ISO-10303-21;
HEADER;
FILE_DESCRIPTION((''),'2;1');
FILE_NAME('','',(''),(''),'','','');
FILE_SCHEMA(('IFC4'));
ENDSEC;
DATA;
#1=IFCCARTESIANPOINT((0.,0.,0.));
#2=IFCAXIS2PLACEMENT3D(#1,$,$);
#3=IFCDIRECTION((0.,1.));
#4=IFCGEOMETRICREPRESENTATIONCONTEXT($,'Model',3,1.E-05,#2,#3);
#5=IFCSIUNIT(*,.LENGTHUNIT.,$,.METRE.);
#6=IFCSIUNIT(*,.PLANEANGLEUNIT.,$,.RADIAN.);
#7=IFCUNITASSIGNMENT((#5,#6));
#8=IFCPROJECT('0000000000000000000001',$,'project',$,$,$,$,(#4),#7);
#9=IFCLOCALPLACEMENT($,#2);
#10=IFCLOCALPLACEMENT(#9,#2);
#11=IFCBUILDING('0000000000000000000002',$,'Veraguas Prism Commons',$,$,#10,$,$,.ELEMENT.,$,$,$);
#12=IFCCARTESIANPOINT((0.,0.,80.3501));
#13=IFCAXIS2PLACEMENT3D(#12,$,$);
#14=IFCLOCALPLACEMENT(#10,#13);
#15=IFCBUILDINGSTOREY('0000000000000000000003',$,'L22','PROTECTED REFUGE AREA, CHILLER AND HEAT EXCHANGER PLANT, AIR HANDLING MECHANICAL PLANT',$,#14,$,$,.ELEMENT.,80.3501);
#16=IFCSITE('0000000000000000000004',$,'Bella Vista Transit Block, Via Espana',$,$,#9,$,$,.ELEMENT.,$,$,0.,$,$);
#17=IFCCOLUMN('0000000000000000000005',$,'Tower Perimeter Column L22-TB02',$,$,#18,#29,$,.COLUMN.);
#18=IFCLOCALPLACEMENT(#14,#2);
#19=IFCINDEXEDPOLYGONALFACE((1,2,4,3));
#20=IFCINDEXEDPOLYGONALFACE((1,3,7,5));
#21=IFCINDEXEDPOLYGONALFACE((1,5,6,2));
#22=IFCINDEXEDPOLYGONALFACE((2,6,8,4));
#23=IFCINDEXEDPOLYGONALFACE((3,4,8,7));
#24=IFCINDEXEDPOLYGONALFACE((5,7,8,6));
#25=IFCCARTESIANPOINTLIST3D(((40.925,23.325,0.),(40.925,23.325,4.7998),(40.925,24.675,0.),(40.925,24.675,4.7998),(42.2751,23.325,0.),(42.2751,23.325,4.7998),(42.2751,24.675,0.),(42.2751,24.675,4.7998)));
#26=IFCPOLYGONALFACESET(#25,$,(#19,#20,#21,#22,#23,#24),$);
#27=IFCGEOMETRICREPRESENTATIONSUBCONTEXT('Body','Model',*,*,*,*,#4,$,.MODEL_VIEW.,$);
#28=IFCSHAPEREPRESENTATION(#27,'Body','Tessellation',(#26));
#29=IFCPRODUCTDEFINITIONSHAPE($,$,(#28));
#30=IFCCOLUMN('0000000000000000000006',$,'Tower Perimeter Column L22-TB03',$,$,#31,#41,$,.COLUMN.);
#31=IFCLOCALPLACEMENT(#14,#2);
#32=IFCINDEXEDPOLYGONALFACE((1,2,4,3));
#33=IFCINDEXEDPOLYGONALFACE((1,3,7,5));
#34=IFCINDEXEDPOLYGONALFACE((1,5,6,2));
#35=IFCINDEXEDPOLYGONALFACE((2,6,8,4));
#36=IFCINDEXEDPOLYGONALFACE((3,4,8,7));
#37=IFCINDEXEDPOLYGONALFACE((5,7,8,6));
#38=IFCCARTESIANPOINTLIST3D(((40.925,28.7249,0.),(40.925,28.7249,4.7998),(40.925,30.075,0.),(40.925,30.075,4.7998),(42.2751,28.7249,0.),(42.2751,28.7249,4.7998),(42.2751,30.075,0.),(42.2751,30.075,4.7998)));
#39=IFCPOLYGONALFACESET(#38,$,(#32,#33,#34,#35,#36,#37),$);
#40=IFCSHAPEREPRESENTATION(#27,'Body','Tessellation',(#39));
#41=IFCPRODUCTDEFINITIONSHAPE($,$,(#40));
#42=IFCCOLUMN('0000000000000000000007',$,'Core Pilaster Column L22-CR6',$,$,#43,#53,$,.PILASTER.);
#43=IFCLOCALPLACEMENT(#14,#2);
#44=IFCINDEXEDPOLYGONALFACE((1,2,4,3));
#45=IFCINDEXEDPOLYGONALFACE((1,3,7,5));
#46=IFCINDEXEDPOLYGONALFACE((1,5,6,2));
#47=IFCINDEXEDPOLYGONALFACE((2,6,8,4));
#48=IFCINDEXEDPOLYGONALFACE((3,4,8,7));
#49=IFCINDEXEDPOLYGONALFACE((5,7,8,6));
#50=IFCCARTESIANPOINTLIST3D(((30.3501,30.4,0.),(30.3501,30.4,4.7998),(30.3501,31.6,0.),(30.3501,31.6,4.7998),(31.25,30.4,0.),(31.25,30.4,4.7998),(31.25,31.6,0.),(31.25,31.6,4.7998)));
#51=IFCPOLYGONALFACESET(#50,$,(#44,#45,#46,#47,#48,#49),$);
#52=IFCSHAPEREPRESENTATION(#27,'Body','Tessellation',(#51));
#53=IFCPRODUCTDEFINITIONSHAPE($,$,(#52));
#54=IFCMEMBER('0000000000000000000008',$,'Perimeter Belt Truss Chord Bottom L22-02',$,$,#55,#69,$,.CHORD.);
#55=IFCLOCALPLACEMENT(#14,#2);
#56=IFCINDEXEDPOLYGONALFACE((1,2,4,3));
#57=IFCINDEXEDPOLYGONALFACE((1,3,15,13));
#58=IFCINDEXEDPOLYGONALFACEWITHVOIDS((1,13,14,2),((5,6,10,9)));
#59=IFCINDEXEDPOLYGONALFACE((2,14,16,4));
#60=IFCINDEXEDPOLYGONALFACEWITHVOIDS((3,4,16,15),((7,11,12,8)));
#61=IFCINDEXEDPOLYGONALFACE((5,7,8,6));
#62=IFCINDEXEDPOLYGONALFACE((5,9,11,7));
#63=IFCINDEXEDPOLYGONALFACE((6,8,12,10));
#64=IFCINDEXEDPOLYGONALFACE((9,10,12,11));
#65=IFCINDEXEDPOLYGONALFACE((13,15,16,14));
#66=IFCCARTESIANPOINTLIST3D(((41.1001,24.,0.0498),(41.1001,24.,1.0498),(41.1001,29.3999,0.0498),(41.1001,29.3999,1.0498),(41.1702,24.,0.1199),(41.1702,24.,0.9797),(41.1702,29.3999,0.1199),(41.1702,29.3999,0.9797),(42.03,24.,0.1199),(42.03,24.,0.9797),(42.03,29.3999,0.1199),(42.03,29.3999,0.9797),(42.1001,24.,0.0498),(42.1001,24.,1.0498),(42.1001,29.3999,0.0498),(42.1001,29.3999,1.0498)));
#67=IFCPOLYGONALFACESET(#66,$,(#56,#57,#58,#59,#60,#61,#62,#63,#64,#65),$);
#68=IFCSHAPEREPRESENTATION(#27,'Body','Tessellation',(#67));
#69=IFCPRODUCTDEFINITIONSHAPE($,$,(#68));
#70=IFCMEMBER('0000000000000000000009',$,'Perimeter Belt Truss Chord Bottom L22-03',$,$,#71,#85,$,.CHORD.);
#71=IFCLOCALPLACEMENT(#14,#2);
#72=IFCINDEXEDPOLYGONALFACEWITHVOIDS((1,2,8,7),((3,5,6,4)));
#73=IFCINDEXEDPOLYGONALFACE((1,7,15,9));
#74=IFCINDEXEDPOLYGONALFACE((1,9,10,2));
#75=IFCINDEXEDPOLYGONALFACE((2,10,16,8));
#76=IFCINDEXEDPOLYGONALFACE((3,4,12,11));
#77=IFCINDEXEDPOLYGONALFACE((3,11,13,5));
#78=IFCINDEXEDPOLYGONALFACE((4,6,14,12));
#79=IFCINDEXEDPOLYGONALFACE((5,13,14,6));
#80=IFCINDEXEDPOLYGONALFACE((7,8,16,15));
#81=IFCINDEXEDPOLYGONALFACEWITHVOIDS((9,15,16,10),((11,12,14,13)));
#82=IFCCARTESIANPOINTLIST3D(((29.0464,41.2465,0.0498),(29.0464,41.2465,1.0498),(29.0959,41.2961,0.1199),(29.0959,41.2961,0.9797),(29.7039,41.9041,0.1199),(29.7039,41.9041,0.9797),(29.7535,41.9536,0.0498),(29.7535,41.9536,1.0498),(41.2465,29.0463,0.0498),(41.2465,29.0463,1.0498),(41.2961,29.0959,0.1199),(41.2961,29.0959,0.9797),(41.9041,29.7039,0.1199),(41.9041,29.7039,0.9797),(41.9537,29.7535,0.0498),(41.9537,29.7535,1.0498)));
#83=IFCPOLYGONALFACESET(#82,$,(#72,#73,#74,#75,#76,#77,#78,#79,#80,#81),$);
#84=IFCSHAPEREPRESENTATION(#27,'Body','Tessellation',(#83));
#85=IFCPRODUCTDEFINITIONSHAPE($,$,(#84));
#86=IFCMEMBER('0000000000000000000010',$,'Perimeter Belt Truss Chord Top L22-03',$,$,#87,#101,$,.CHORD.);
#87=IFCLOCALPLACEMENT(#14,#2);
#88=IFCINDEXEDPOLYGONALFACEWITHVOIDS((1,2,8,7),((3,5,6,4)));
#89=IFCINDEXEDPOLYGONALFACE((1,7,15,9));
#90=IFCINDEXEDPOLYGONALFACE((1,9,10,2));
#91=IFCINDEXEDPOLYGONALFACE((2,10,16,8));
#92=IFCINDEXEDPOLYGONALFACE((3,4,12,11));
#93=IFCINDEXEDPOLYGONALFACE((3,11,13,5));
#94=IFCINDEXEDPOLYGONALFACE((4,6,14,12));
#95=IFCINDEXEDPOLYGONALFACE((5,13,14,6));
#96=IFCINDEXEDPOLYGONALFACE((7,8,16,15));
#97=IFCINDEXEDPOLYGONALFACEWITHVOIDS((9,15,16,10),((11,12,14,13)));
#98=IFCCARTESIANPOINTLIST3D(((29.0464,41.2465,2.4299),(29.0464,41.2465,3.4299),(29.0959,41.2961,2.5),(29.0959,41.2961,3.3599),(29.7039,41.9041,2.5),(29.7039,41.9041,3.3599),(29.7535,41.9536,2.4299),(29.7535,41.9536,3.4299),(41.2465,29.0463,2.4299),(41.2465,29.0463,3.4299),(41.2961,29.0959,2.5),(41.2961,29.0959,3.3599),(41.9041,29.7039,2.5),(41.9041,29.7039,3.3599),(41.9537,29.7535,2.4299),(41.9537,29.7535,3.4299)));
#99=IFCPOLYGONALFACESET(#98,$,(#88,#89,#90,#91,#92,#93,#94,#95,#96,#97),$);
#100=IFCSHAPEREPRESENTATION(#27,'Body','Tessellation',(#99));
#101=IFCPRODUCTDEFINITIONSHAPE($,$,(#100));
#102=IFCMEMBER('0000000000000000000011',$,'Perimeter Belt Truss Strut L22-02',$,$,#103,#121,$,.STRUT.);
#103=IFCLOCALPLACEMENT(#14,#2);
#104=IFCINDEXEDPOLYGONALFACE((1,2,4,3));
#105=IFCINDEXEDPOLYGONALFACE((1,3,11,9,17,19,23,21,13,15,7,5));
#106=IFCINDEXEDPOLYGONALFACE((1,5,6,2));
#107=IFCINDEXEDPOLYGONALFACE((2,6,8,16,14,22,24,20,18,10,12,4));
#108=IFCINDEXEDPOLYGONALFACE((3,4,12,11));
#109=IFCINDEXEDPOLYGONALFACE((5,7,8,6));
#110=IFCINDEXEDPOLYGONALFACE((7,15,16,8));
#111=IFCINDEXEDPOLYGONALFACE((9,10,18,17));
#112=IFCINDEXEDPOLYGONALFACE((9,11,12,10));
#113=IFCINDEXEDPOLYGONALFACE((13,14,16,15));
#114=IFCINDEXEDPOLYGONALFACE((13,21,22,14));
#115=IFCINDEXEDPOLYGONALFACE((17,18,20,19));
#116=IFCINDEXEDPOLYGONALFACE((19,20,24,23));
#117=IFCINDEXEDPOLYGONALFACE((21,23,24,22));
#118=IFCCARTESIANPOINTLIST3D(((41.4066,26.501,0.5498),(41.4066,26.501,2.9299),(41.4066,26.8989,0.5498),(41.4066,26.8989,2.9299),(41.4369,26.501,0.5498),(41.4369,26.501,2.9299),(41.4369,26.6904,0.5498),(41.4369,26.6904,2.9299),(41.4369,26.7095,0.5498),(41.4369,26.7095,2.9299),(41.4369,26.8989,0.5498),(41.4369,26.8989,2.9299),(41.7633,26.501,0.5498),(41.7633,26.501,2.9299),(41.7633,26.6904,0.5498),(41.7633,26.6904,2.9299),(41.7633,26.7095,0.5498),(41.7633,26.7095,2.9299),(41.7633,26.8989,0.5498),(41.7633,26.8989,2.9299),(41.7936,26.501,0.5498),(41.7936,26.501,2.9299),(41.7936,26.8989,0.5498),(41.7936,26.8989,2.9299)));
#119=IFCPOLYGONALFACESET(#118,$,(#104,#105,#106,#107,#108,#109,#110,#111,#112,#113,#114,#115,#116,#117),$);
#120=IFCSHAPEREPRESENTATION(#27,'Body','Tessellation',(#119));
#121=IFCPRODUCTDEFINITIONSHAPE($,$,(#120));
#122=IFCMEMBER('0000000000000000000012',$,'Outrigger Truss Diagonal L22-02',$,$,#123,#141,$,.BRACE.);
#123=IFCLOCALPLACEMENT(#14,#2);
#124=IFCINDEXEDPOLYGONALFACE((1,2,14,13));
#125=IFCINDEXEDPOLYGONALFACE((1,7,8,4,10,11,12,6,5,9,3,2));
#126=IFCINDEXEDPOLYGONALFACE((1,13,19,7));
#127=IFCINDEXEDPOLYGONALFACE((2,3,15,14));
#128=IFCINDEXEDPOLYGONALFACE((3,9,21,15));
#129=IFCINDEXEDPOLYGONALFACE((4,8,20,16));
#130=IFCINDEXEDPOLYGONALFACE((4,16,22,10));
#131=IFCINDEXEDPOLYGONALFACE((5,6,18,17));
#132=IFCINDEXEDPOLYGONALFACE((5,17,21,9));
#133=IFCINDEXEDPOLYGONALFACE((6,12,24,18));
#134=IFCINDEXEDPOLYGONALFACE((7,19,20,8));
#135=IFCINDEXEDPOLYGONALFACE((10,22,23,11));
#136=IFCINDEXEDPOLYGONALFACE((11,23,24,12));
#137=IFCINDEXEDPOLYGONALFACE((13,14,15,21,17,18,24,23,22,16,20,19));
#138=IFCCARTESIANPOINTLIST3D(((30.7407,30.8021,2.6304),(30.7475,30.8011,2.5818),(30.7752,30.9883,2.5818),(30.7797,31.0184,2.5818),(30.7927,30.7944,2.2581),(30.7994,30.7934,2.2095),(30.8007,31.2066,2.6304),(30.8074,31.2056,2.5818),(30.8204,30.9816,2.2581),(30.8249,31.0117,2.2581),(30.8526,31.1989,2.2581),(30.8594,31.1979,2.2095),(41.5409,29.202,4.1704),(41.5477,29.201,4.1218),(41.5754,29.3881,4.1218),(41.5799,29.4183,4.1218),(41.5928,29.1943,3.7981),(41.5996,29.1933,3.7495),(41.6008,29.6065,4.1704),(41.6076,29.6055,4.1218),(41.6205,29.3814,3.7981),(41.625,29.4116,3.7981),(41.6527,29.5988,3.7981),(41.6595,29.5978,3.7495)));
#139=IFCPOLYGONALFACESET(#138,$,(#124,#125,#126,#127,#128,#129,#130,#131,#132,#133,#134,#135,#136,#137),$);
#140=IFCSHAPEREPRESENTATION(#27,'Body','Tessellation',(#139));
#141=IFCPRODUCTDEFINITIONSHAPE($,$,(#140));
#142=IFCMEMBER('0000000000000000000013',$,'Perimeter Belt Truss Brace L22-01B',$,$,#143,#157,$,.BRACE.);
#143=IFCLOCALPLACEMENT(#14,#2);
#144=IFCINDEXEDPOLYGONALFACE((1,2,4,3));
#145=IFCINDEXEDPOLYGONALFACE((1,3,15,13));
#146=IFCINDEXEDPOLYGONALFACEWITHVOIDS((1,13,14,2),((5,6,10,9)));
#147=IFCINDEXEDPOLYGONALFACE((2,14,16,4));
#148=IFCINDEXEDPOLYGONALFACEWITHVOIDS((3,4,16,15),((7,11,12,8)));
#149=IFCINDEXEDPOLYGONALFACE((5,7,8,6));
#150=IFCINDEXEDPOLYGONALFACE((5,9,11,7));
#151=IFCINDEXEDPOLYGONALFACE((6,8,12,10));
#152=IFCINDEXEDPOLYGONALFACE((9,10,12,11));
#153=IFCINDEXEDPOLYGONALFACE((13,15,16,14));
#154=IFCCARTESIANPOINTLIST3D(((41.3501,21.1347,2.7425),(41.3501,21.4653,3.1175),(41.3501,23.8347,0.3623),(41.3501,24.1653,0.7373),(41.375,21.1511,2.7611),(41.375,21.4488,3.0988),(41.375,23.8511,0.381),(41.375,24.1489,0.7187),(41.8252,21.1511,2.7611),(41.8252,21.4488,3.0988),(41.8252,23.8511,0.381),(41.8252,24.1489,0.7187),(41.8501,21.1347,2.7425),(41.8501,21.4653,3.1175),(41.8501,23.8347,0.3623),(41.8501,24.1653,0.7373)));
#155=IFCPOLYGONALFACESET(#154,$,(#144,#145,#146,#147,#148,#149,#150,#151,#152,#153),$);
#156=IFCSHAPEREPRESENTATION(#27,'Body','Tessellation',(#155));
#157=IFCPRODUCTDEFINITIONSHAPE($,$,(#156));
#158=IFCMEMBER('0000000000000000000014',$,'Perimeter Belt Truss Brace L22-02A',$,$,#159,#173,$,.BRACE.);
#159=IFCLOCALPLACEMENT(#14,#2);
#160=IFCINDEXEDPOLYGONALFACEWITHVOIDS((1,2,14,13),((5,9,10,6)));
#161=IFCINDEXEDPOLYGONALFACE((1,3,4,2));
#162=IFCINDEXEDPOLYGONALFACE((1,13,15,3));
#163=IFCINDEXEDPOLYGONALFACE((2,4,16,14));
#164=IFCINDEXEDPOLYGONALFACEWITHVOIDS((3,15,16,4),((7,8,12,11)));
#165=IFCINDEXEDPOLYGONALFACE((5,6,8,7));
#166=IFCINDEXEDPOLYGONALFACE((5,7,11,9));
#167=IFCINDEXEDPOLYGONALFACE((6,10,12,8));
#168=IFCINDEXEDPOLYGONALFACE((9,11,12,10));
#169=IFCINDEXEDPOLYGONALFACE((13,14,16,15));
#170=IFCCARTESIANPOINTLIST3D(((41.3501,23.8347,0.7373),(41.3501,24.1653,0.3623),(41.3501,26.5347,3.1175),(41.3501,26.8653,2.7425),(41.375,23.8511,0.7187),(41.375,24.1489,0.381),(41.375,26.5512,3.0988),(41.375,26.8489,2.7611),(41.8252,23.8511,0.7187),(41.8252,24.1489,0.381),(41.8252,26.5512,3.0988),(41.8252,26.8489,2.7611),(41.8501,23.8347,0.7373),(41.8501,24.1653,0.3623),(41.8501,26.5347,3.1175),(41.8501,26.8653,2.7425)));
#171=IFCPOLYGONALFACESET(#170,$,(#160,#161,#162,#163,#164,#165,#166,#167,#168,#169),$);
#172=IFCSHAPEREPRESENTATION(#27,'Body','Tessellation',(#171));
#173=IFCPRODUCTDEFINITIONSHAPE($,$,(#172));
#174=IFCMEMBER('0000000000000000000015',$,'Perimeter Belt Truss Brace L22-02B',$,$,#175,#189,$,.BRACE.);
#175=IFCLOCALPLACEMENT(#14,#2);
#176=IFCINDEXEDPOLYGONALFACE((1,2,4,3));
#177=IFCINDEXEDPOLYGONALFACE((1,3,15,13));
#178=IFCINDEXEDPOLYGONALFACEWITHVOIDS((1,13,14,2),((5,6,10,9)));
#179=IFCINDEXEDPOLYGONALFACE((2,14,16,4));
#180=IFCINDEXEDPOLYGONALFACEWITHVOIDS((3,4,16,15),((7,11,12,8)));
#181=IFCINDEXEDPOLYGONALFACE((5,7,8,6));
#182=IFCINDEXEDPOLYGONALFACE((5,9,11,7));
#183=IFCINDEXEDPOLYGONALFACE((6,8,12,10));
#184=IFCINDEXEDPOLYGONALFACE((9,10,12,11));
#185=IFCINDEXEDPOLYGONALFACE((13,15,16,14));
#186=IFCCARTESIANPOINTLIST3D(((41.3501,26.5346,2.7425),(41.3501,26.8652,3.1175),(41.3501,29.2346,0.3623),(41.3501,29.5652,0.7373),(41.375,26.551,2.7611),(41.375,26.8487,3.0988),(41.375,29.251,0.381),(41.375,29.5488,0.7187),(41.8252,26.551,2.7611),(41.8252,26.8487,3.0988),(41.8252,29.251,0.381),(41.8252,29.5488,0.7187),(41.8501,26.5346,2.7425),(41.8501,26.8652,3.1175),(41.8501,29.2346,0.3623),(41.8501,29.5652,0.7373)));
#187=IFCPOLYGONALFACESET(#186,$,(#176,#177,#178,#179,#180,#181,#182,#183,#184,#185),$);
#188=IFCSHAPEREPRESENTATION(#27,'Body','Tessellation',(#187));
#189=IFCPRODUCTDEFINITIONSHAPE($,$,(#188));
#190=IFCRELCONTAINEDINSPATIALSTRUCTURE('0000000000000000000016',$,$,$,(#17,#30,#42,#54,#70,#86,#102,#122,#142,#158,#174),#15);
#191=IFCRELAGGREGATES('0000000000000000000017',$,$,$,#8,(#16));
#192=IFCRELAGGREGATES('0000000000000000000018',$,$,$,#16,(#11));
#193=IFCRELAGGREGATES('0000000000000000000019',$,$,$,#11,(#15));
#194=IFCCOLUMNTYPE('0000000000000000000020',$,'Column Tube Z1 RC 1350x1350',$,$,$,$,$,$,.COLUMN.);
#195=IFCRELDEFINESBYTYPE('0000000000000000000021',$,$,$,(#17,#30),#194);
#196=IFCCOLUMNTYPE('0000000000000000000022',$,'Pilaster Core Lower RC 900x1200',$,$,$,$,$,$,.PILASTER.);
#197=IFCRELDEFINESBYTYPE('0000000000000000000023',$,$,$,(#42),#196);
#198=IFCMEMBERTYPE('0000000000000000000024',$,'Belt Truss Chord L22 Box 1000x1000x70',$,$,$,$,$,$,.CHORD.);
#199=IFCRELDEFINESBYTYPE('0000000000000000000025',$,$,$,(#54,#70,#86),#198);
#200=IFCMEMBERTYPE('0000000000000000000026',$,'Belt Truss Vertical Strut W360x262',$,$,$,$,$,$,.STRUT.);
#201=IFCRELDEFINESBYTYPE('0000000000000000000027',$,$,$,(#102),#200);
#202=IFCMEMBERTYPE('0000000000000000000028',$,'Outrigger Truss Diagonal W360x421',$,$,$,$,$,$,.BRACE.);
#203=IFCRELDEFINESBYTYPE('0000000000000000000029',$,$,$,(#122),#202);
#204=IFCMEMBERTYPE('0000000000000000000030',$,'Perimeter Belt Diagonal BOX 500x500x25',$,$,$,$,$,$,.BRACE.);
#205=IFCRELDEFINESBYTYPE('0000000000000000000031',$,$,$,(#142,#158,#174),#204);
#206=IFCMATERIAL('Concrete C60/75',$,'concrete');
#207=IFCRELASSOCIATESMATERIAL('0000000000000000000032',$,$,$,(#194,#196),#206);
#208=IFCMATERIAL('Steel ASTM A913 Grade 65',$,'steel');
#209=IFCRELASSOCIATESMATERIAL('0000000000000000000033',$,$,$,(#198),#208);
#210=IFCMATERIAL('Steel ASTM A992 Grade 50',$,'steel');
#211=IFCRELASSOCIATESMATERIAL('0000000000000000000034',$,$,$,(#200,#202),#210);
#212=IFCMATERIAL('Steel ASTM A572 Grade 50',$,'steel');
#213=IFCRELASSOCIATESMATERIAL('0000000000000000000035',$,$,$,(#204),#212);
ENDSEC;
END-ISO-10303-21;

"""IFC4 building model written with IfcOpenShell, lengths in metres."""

from ifc_helpers import new_model, si_unit, direction, frame, origin, origin_2d, place, context, subcontext, project, spatial, rectangle, hollow_rectangle, i_section, extrude, material, material_profile, profile_set, type_object, element, save


model = new_model("IFC4")

# Units and contexts
model_context = context("Model", 3, precision=1e-05, world=origin(), true_north=direction((0.0, 1.0)))
body_context = subcontext(model_context, "Body", "Model", "MODEL_VIEW")
ifc_project = project(units=[si_unit("LENGTHUNIT", "METRE"), si_unit("PLANEANGLEUNIT", "RADIAN")], contexts=[model_context])

# Site, building, storey
site_placement = place(None, origin())
site = spatial("IfcSite", under=ifc_project, at=site_placement, Name="Bella Vista Transit Block, Via Espana", CompositionType="ELEMENT", RefElevation=0.0)
building_placement = place(site_placement, origin())
building = spatial("IfcBuilding", under=site, at=building_placement, Name="Veraguas Prism Commons", CompositionType="ELEMENT")
storey_placement = place(building_placement, frame((0.0, 0.0, 80.3501)))
storey = spatial("IfcBuildingStorey", under=building, at=storey_placement, Name="L22", Description="PROTECTED REFUGE AREA, CHILLER AND HEAT EXCHANGER PLANT, AIR HANDLING MECHANICAL PLANT", CompositionType="ELEMENT", Elevation=80.3501)

# Columns
ifc_material_1 = material(Name="Concrete C60/75", Category="concrete")
ifc_material_profile_1 = material_profile(ifc_material_1, rectangle(XDim=1.3501, YDim=1.3501, at=origin_2d()), Name="RC1350X1350")
ifc_profile_set_1 = profile_set([ifc_material_profile_1], Name="Concrete C60/75")
column_type_1 = type_object("IfcColumnType", Name="Column Tube Z1 RC 1350x1350", PredefinedType="COLUMN", material=ifc_profile_set_1)
for number, where, z_axis, x_axis, name in (
    (1, (41.6001, 24.0, 0.0), (0.0, 0.0, 1.0), (1.0, 0.0, 0.0), "Tower Perimeter Column L22-TB02"),
    (2, (41.6001, 29.3999, 0.0), (0.0, 0.0, 1.0), (1.0, 0.0, 0.0), "Tower Perimeter Column L22-TB03"),
):
    element("IfcColumn", number, at=place(storey_placement, frame(where, z_axis=z_axis, x_axis=x_axis)), inside=storey, type_object=column_type_1, Name=name, PredefinedType="COLUMN", context=body_context, shape_type="SweptSolid", body=[
        extrude(rectangle(XDim=1.3501, YDim=1.3501, at=origin_2d()), origin(), (0.0, 0.0, 1.0), 4.7998),
    ])
ifc_material_profile_2 = material_profile(ifc_material_1, rectangle(XDim=0.8999, YDim=1.2, at=origin_2d()), Name="RC900X1200")
ifc_profile_set_2 = profile_set([ifc_material_profile_2], Name="Concrete C60/75")
column_type_2 = type_object("IfcColumnType", Name="Pilaster Core Lower RC 900x1200", PredefinedType="PILASTER", material=ifc_profile_set_2)
column_placement = place(storey_placement, frame((30.8, 31.0, 0.0), z_axis=(0.0, 0.0, 1.0), x_axis=(1.0, 0.0, 0.0)))
element("IfcColumn", 3, at=column_placement, inside=storey, type_object=column_type_2, Name="Core Pilaster Column L22-CR6", PredefinedType="PILASTER", context=body_context, shape_type="SweptSolid", body=[
    extrude(rectangle(XDim=0.8999, YDim=1.2, at=origin_2d()), origin(), (0.0, 0.0, 1.0), 4.7998),
])

# Members
ifc_material_2 = material(Name="Steel ASTM A913 Grade 65", Category="steel")
ifc_material_profile_3 = material_profile(ifc_material_2, hollow_rectangle(XDim=1.0, YDim=1.0, WallThickness=0.0701, at=origin_2d()), Name="BOX1000X1000X70")
ifc_profile_set_3 = profile_set([ifc_material_profile_3], Name="Steel ASTM A913 Grade 65")
member_type_1 = type_object("IfcMemberType", Name="Belt Truss Chord L22 Box 1000x1000x70", PredefinedType="CHORD", material=ifc_profile_set_3)
member_1_placement = place(storey_placement, frame((41.6001, 24.0, 0.5498), z_axis=(0.0, 1.0, 0.0), x_axis=(-1.0, 0.0, 0.0)))
element("IfcMember", 4, at=member_1_placement, inside=storey, type_object=member_type_1, Name="Perimeter Belt Truss Chord Bottom L22-02", PredefinedType="CHORD", context=body_context, shape_type="SweptSolid", body=[
    extrude(hollow_rectangle(XDim=1.0, YDim=1.0, WallThickness=0.0701, at=origin_2d()), origin(), (0.0, 0.0, 1.0), 5.3999),
])
for number, where, z_axis, x_axis, name in (
    (5, (41.6001, 29.3999, 0.5498), (-0.707107, 0.707107, 0.0), (-0.707107, -0.707107, 0.0), "Perimeter Belt Truss Chord Bottom L22-03"),
    (6, (41.6001, 29.3999, 2.9299), (-0.707107, 0.707107, 0.0), (-0.707107, -0.707107, 0.0), "Perimeter Belt Truss Chord Top L22-03"),
):
    element("IfcMember", number, at=place(storey_placement, frame(where, z_axis=z_axis, x_axis=x_axis)), inside=storey, type_object=member_type_1, Name=name, PredefinedType="CHORD", context=body_context, shape_type="SweptSolid", body=[
        extrude(hollow_rectangle(XDim=1.0, YDim=1.0, WallThickness=0.0701, at=origin_2d()), origin(), (0.0, 0.0, 1.0), 17.2537),
    ])
ifc_material_3 = material(Name="Steel ASTM A992 Grade 50", Category="steel")
ifc_material_profile_4 = material_profile(ifc_material_3, i_section(OverallWidth=0.3979, OverallDepth=0.387, WebThickness=0.019, FlangeThickness=0.0303, at=origin_2d()), Name="W360X262")
ifc_profile_set_4 = profile_set([ifc_material_profile_4], Name="Steel ASTM A992 Grade 50")
member_type_2 = type_object("IfcMemberType", Name="Belt Truss Vertical Strut W360x262", PredefinedType="STRUT", material=ifc_profile_set_4)
member_2_placement = place(storey_placement, frame((41.6001, 26.7, 0.5498), z_axis=(0.0, 0.0, 1.0), x_axis=(0.0, 1.0, 0.0)))
element("IfcMember", 7, at=member_2_placement, inside=storey, type_object=member_type_2, Name="Perimeter Belt Truss Strut L22-02", PredefinedType="STRUT", context=body_context, shape_type="SweptSolid", body=[
    extrude(i_section(OverallWidth=0.3979, OverallDepth=0.387, WebThickness=0.019, FlangeThickness=0.0303, at=origin_2d()), origin(), (0.0, 0.0, 1.0), 2.3801),
])
ifc_material_profile_5 = material_profile(ifc_material_3, i_section(OverallWidth=0.4089, OverallDepth=0.425, WebThickness=0.0305, FlangeThickness=0.0491, at=origin_2d()), Name="W360X421")
ifc_profile_set_5 = profile_set([ifc_material_profile_5], Name="Steel ASTM A992 Grade 50")
member_type_3 = type_object("IfcMemberType", Name="Outrigger Truss Diagonal W360x421", PredefinedType="BRACE", material=ifc_profile_set_5)
member_3_placement = place(storey_placement, frame((30.8, 31.0, 2.4199), z_axis=(0.979506, -0.14512, 0.139673), x_axis=(0.146557, 0.989202, 0.0)))
element("IfcMember", 8, at=member_3_placement, inside=storey, type_object=member_type_3, Name="Outrigger Truss Diagonal L22-02", PredefinedType="BRACE", context=body_context, shape_type="SweptSolid", body=[
    extrude(i_section(OverallWidth=0.4089, OverallDepth=0.425, WebThickness=0.0305, FlangeThickness=0.0491, at=origin_2d()), origin(), (0.0, 0.0, 1.0), 11.0261),
])
ifc_material_4 = material(Name="Steel ASTM A572 Grade 50", Category="steel")
ifc_material_profile_6 = material_profile(ifc_material_4, hollow_rectangle(XDim=0.5, YDim=0.5, WallThickness=0.0249, at=origin_2d()), Name="BOX500X500X25")
ifc_profile_set_6 = profile_set([ifc_material_profile_6], Name="Steel ASTM A572 Grade 50")
member_type_4 = type_object("IfcMemberType", Name="Perimeter Belt Diagonal BOX 500x500x25", PredefinedType="BRACE", material=ifc_profile_set_6)
for number, where, z_axis, x_axis, name in (
    (9, (41.6001, 24.0, 0.5498), (0.0, -0.750139, 0.661281), (1.0, 0.0, 0.0), "Perimeter Belt Truss Brace L22-01B"),
    (10, (41.6001, 24.0, 0.5498), (0.0, 0.750139, 0.661281), (-1.0, 0.0, 0.0), "Perimeter Belt Truss Brace L22-02A"),
    (11, (41.6001, 29.3999, 0.5498), (0.0, -0.750139, 0.661281), (1.0, 0.0, 0.0), "Perimeter Belt Truss Brace L22-02B"),
):
    element("IfcMember", number, at=place(storey_placement, frame(where, z_axis=z_axis, x_axis=x_axis)), inside=storey, type_object=member_type_4, Name=name, PredefinedType="BRACE", context=body_context, shape_type="SweptSolid", body=[
        extrude(hollow_rectangle(XDim=0.5, YDim=0.5, WallThickness=0.0249, at=origin_2d()), origin(), (0.0, 0.0, 1.0), 3.5994),
    ])

save(model, "model.ifc")
